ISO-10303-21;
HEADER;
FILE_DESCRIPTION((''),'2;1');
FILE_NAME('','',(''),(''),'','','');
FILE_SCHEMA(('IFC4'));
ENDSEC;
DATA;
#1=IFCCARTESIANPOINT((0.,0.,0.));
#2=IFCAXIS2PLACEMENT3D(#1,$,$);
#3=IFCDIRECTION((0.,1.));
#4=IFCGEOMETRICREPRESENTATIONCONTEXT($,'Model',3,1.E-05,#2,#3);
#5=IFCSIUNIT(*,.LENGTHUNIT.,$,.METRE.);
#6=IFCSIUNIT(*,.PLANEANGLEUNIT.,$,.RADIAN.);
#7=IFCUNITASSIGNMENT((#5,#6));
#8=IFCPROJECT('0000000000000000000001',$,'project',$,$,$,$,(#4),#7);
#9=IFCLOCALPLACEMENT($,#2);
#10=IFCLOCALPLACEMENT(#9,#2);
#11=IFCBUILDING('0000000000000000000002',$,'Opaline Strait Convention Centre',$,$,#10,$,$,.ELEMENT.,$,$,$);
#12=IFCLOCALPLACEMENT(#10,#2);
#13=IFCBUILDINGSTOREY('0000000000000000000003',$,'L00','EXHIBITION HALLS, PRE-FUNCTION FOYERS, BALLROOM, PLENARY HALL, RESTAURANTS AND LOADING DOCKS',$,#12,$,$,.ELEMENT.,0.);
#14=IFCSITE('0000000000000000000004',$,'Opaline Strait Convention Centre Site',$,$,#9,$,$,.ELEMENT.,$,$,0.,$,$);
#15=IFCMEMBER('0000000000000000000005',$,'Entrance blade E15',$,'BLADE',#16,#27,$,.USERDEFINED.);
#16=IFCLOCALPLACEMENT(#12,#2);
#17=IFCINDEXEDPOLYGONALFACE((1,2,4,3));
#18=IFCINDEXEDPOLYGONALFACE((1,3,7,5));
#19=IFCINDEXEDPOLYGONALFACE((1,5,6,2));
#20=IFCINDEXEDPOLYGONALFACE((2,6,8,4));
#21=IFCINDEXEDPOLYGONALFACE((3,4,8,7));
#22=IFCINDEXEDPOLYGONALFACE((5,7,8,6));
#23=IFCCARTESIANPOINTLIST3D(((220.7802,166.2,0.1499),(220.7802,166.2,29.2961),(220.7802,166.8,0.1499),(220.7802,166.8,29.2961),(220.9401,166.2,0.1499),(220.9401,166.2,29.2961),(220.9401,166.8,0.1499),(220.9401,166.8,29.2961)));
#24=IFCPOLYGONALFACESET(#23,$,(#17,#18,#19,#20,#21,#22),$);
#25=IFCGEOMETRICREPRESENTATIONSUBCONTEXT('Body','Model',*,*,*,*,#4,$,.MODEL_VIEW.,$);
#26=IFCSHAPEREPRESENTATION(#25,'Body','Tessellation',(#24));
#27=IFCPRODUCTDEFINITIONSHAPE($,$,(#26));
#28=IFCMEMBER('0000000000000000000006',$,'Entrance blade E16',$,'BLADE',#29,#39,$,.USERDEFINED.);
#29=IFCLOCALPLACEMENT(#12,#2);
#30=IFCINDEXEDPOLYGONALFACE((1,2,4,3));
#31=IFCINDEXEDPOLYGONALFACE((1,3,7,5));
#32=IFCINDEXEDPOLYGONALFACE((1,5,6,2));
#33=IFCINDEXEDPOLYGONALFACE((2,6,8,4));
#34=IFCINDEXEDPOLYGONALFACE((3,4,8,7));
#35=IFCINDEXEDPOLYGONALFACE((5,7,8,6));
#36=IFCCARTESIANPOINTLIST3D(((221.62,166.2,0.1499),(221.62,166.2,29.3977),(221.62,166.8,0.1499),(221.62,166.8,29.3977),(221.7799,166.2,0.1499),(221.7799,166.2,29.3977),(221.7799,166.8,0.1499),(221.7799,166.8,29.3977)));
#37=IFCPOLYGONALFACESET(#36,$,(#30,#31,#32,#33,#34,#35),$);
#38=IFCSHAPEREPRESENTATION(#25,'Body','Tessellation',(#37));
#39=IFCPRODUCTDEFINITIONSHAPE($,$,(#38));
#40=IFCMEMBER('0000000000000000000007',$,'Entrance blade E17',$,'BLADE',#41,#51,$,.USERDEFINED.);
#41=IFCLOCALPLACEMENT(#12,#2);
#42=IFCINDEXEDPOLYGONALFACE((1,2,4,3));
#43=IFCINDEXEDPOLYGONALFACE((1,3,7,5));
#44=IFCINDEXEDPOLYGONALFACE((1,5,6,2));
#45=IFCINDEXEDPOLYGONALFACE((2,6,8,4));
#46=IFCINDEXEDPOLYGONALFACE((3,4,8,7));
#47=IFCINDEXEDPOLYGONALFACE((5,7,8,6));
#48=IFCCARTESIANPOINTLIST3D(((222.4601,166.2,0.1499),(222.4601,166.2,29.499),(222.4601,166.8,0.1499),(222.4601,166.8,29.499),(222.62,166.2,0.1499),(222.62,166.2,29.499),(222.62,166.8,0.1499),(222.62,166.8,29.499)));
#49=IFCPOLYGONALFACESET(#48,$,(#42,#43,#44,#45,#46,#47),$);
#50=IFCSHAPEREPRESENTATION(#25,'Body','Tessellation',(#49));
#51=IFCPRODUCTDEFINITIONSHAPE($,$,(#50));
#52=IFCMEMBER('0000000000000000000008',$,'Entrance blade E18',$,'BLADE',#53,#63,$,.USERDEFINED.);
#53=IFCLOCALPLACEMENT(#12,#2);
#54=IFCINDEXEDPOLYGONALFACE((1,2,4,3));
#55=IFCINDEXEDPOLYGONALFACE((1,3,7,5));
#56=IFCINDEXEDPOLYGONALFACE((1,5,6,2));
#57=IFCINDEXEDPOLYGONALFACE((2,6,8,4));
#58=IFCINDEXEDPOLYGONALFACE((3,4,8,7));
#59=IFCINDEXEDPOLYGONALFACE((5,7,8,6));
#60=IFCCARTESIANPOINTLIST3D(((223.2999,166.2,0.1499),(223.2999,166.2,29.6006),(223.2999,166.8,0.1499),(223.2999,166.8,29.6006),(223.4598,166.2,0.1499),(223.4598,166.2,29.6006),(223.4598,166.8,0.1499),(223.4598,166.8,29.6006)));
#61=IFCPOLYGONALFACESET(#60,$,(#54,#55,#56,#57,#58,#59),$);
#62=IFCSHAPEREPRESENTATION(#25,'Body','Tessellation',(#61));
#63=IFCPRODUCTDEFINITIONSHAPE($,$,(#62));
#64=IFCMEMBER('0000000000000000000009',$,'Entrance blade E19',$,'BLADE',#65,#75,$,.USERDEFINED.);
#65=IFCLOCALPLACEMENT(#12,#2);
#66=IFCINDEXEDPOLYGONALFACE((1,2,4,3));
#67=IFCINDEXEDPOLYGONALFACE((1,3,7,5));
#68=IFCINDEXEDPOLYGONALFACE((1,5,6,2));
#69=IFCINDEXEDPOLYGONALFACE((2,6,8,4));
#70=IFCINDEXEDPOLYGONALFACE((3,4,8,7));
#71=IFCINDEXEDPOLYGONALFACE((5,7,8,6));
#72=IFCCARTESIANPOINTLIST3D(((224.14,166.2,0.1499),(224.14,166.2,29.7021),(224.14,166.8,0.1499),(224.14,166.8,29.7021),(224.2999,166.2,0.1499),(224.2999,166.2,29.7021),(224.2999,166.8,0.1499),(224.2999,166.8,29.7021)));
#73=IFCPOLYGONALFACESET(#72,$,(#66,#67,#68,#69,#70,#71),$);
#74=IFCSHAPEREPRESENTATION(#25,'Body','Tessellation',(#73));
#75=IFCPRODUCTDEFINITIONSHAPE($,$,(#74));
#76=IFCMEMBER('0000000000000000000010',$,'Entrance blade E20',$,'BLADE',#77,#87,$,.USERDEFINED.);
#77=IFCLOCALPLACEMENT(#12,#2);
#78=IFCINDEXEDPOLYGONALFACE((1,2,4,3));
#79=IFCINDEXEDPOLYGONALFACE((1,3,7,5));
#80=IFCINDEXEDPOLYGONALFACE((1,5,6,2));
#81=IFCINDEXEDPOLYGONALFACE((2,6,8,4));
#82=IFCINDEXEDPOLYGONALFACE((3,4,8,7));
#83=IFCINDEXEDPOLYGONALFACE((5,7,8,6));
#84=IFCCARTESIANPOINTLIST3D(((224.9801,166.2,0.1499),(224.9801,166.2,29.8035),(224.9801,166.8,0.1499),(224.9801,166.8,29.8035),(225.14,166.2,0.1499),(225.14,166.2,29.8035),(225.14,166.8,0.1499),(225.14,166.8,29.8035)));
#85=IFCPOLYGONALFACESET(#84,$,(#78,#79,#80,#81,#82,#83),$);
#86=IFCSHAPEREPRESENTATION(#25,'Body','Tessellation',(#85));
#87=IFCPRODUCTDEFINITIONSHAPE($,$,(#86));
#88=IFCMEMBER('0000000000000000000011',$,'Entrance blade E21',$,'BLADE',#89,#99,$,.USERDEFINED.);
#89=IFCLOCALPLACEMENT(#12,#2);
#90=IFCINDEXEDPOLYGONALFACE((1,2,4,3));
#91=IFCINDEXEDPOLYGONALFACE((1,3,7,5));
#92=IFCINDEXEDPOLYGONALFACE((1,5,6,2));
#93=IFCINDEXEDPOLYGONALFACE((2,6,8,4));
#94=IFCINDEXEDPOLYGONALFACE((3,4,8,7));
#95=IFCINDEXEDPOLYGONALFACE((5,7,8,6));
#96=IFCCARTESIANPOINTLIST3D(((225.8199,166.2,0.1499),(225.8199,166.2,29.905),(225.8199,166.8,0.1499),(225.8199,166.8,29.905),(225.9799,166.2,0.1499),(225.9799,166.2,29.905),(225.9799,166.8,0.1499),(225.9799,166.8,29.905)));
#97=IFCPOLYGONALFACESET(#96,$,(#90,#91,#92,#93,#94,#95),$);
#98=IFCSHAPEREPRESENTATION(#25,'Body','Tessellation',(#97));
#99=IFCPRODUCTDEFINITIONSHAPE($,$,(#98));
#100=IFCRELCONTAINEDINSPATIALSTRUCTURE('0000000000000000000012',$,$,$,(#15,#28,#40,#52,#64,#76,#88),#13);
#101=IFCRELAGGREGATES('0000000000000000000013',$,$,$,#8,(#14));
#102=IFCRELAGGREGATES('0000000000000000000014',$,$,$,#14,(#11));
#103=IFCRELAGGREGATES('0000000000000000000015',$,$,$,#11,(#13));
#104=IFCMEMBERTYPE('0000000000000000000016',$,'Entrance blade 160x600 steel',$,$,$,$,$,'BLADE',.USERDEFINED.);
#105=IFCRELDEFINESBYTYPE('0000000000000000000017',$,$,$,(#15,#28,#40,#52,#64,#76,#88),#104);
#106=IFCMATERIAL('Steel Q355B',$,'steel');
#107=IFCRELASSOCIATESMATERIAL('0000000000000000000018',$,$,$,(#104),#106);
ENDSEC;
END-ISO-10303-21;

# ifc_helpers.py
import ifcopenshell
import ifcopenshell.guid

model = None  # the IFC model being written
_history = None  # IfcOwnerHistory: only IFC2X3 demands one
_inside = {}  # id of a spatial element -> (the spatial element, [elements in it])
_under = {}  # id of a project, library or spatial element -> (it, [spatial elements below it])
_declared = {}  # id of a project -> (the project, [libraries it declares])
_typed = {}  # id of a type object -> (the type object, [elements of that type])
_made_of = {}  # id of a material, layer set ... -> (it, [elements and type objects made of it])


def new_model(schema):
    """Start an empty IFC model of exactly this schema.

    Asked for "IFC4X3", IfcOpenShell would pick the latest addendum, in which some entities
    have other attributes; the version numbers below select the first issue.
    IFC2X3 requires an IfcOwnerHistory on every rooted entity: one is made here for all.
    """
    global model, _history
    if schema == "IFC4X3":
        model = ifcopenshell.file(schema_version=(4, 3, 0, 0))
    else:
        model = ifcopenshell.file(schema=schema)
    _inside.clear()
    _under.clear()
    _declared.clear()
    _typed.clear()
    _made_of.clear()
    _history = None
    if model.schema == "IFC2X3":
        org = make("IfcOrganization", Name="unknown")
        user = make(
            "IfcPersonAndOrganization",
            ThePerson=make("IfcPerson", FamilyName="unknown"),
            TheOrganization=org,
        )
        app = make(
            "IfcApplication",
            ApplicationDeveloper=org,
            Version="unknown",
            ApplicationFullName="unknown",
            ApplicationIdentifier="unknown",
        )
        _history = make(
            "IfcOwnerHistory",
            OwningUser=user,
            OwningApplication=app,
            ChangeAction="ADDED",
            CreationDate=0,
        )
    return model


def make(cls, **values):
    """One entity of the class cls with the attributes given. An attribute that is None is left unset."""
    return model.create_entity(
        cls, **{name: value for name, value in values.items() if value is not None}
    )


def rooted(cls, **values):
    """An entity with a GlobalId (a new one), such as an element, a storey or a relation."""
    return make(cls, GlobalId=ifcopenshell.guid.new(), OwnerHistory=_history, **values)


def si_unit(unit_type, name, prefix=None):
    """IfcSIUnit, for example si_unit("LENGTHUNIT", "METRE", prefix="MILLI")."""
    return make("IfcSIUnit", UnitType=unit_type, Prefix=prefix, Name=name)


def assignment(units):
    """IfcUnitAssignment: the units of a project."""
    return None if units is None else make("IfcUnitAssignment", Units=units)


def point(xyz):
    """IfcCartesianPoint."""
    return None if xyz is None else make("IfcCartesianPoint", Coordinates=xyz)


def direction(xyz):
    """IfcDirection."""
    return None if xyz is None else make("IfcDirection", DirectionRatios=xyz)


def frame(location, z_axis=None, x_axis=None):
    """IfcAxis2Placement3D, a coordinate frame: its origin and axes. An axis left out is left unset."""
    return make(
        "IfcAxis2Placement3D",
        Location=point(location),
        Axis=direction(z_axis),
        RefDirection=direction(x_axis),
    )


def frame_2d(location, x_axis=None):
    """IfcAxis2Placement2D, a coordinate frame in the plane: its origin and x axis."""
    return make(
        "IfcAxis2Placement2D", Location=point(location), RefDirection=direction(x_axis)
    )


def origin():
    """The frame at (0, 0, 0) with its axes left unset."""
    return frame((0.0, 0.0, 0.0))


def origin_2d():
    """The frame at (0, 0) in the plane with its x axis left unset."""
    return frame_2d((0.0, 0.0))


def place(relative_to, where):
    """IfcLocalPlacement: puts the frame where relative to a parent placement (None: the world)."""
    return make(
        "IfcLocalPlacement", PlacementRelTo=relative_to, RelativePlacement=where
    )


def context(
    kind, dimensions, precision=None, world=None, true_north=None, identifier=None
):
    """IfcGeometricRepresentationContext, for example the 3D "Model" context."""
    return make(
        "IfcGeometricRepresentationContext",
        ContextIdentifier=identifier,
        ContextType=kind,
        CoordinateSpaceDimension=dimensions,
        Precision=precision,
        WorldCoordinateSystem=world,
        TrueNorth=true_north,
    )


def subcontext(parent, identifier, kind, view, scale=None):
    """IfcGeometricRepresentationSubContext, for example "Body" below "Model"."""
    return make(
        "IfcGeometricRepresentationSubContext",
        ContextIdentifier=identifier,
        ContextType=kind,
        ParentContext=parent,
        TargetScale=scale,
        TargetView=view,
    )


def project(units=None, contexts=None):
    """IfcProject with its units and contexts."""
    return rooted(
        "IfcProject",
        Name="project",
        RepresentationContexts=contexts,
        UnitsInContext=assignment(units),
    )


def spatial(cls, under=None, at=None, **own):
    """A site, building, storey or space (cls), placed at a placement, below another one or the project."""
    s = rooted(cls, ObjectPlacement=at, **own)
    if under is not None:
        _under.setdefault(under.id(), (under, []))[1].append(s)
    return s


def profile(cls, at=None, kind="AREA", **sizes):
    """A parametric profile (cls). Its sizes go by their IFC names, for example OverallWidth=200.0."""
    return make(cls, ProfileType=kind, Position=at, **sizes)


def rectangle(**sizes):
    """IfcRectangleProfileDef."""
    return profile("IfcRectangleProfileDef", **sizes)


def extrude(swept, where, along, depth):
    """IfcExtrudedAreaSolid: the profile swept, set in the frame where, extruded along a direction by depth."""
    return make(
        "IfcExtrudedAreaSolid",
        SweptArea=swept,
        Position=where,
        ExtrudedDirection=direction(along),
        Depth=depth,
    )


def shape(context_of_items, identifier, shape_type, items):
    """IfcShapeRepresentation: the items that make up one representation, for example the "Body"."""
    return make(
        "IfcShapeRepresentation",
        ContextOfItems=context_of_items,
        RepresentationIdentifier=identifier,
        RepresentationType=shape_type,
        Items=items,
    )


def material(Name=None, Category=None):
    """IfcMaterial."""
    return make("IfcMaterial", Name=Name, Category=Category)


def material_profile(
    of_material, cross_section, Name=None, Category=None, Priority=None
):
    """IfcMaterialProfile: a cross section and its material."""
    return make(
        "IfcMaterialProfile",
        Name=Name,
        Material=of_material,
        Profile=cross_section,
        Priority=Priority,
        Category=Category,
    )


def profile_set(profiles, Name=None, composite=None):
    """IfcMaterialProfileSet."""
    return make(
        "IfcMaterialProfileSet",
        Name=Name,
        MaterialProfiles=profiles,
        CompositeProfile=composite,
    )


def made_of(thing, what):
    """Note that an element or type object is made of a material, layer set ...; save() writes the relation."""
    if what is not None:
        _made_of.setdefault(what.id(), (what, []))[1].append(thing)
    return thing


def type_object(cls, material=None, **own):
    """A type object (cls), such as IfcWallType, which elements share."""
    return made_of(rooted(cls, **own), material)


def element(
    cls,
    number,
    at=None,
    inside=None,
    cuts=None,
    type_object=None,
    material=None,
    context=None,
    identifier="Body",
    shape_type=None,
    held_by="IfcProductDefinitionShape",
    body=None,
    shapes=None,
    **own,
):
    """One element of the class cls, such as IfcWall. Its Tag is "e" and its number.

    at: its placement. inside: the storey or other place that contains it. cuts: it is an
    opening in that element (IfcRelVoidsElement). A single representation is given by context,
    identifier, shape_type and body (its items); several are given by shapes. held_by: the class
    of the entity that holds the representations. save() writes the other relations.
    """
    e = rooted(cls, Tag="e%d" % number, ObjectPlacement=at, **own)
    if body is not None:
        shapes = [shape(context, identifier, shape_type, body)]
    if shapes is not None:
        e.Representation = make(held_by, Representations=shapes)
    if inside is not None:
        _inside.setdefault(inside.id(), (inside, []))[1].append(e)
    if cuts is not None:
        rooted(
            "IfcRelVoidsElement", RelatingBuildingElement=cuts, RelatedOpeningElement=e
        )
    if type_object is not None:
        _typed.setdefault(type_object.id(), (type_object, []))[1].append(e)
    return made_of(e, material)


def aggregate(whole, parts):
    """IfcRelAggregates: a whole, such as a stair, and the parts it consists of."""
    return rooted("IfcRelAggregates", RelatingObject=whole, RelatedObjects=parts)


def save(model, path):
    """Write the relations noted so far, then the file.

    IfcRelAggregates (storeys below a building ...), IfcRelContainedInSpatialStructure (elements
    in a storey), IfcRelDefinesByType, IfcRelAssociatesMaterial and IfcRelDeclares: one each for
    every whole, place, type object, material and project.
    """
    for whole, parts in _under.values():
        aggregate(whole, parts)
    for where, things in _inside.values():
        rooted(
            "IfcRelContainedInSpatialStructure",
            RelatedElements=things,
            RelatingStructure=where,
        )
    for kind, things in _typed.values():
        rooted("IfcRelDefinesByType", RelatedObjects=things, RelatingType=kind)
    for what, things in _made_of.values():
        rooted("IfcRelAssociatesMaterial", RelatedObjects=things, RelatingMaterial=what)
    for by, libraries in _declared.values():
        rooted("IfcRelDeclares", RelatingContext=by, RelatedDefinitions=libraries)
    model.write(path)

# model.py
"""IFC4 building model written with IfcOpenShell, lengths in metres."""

from ifc_helpers import new_model, si_unit, direction, frame, origin, origin_2d, place, context, subcontext, project, spatial, rectangle, extrude, material, material_profile, profile_set, type_object, element, save


model = new_model("IFC4")

# Units and contexts
model_context = context("Model", 3, precision=1e-05, world=origin(), true_north=direction((0.0, 1.0)))
body_context = subcontext(model_context, "Body", "Model", "MODEL_VIEW")
ifc_project = project(units=[si_unit("LENGTHUNIT", "METRE"), si_unit("PLANEANGLEUNIT", "RADIAN")], contexts=[model_context])

# Site, building, storey
site_placement = place(None, origin())
site = spatial("IfcSite", under=ifc_project, at=site_placement, Name="Opaline Strait Convention Centre Site", CompositionType="ELEMENT", RefElevation=0.0)
building_placement = place(site_placement, origin())
building = spatial("IfcBuilding", under=site, at=building_placement, Name="Opaline Strait Convention Centre", CompositionType="ELEMENT")
storey_placement = place(building_placement, origin())
storey = spatial("IfcBuildingStorey", under=building, at=storey_placement, Name="L00", Description="EXHIBITION HALLS, PRE-FUNCTION FOYERS, BALLROOM, PLENARY HALL, RESTAURANTS AND LOADING DOCKS", CompositionType="ELEMENT", Elevation=0.0)

# Shared definitions
ifc_material_1 = material(Name="Steel Q355B", Category="steel")

# Members
ifc_material_profile_1 = material_profile(ifc_material_1, rectangle(XDim=0.1599, YDim=0.6001, at=origin_2d()), Name="BAR 160x600")
ifc_profile_set_1 = profile_set([ifc_material_profile_1], Name="Steel Q355B")
member_type = type_object("IfcMemberType", Name="Entrance blade 160x600 steel", ElementType="BLADE", PredefinedType="USERDEFINED", material=ifc_profile_set_1)
member_1_placement = place(storey_placement, frame((220.8601, 166.5, 0.1499), z_axis=(0.0, 0.0, 1.0), x_axis=(1.0, 0.0, 0.0)))
element("IfcMember", 1, at=member_1_placement, inside=storey, type_object=member_type, Name="Entrance blade E15", ObjectType="BLADE", PredefinedType="USERDEFINED", context=body_context, shape_type="SweptSolid", body=[
    extrude(rectangle(XDim=0.1599, YDim=0.6001, at=origin_2d()), origin(), (0.0, 0.0, 1.0), 29.1462),
])
member_2_placement = place(storey_placement, frame((221.7, 166.5, 0.1499), z_axis=(0.0, 0.0, 1.0), x_axis=(1.0, 0.0, 0.0)))
element("IfcMember", 2, at=member_2_placement, inside=storey, type_object=member_type, Name="Entrance blade E16", ObjectType="BLADE", PredefinedType="USERDEFINED", context=body_context, shape_type="SweptSolid", body=[
    extrude(rectangle(XDim=0.1599, YDim=0.6001, at=origin_2d()), origin(), (0.0, 0.0, 1.0), 29.2478),
])
member_3_placement = place(storey_placement, frame((222.54, 166.5, 0.1499), z_axis=(0.0, 0.0, 1.0), x_axis=(1.0, 0.0, 0.0)))
element("IfcMember", 3, at=member_3_placement, inside=storey, type_object=member_type, Name="Entrance blade E17", ObjectType="BLADE", PredefinedType="USERDEFINED", context=body_context, shape_type="SweptSolid", body=[
    extrude(rectangle(XDim=0.1599, YDim=0.6001, at=origin_2d()), origin(), (0.0, 0.0, 1.0), 29.3491),
])
member_4_placement = place(storey_placement, frame((223.3799, 166.5, 0.1499), z_axis=(0.0, 0.0, 1.0), x_axis=(1.0, 0.0, 0.0)))
element("IfcMember", 4, at=member_4_placement, inside=storey, type_object=member_type, Name="Entrance blade E18", ObjectType="BLADE", PredefinedType="USERDEFINED", context=body_context, shape_type="SweptSolid", body=[
    extrude(rectangle(XDim=0.1599, YDim=0.6001, at=origin_2d()), origin(), (0.0, 0.0, 1.0), 29.4507),
])
member_5_placement = place(storey_placement, frame((224.22, 166.5, 0.1499), z_axis=(0.0, 0.0, 1.0), x_axis=(1.0, 0.0, 0.0)))
element("IfcMember", 5, at=member_5_placement, inside=storey, type_object=member_type, Name="Entrance blade E19", ObjectType="BLADE", PredefinedType="USERDEFINED", context=body_context, shape_type="SweptSolid", body=[
    extrude(rectangle(XDim=0.1599, YDim=0.6001, at=origin_2d()), origin(), (0.0, 0.0, 1.0), 29.5522),
])
member_6_placement = place(storey_placement, frame((225.0601, 166.5, 0.1499), z_axis=(0.0, 0.0, 1.0), x_axis=(1.0, 0.0, 0.0)))
element("IfcMember", 6, at=member_6_placement, inside=storey, type_object=member_type, Name="Entrance blade E20", ObjectType="BLADE", PredefinedType="USERDEFINED", context=body_context, shape_type="SweptSolid", body=[
    extrude(rectangle(XDim=0.1599, YDim=0.6001, at=origin_2d()), origin(), (0.0, 0.0, 1.0), 29.6536),
])
member_7_placement = place(storey_placement, frame((225.8999, 166.5, 0.1499), z_axis=(0.0, 0.0, 1.0), x_axis=(1.0, 0.0, 0.0)))
element("IfcMember", 7, at=member_7_placement, inside=storey, type_object=member_type, Name="Entrance blade E21", ObjectType="BLADE", PredefinedType="USERDEFINED", context=body_context, shape_type="SweptSolid", body=[
    extrude(rectangle(XDim=0.1599, YDim=0.6001, at=origin_2d()), origin(), (0.0, 0.0, 1.0), 29.7551),
])

save(model, "model.ifc")
